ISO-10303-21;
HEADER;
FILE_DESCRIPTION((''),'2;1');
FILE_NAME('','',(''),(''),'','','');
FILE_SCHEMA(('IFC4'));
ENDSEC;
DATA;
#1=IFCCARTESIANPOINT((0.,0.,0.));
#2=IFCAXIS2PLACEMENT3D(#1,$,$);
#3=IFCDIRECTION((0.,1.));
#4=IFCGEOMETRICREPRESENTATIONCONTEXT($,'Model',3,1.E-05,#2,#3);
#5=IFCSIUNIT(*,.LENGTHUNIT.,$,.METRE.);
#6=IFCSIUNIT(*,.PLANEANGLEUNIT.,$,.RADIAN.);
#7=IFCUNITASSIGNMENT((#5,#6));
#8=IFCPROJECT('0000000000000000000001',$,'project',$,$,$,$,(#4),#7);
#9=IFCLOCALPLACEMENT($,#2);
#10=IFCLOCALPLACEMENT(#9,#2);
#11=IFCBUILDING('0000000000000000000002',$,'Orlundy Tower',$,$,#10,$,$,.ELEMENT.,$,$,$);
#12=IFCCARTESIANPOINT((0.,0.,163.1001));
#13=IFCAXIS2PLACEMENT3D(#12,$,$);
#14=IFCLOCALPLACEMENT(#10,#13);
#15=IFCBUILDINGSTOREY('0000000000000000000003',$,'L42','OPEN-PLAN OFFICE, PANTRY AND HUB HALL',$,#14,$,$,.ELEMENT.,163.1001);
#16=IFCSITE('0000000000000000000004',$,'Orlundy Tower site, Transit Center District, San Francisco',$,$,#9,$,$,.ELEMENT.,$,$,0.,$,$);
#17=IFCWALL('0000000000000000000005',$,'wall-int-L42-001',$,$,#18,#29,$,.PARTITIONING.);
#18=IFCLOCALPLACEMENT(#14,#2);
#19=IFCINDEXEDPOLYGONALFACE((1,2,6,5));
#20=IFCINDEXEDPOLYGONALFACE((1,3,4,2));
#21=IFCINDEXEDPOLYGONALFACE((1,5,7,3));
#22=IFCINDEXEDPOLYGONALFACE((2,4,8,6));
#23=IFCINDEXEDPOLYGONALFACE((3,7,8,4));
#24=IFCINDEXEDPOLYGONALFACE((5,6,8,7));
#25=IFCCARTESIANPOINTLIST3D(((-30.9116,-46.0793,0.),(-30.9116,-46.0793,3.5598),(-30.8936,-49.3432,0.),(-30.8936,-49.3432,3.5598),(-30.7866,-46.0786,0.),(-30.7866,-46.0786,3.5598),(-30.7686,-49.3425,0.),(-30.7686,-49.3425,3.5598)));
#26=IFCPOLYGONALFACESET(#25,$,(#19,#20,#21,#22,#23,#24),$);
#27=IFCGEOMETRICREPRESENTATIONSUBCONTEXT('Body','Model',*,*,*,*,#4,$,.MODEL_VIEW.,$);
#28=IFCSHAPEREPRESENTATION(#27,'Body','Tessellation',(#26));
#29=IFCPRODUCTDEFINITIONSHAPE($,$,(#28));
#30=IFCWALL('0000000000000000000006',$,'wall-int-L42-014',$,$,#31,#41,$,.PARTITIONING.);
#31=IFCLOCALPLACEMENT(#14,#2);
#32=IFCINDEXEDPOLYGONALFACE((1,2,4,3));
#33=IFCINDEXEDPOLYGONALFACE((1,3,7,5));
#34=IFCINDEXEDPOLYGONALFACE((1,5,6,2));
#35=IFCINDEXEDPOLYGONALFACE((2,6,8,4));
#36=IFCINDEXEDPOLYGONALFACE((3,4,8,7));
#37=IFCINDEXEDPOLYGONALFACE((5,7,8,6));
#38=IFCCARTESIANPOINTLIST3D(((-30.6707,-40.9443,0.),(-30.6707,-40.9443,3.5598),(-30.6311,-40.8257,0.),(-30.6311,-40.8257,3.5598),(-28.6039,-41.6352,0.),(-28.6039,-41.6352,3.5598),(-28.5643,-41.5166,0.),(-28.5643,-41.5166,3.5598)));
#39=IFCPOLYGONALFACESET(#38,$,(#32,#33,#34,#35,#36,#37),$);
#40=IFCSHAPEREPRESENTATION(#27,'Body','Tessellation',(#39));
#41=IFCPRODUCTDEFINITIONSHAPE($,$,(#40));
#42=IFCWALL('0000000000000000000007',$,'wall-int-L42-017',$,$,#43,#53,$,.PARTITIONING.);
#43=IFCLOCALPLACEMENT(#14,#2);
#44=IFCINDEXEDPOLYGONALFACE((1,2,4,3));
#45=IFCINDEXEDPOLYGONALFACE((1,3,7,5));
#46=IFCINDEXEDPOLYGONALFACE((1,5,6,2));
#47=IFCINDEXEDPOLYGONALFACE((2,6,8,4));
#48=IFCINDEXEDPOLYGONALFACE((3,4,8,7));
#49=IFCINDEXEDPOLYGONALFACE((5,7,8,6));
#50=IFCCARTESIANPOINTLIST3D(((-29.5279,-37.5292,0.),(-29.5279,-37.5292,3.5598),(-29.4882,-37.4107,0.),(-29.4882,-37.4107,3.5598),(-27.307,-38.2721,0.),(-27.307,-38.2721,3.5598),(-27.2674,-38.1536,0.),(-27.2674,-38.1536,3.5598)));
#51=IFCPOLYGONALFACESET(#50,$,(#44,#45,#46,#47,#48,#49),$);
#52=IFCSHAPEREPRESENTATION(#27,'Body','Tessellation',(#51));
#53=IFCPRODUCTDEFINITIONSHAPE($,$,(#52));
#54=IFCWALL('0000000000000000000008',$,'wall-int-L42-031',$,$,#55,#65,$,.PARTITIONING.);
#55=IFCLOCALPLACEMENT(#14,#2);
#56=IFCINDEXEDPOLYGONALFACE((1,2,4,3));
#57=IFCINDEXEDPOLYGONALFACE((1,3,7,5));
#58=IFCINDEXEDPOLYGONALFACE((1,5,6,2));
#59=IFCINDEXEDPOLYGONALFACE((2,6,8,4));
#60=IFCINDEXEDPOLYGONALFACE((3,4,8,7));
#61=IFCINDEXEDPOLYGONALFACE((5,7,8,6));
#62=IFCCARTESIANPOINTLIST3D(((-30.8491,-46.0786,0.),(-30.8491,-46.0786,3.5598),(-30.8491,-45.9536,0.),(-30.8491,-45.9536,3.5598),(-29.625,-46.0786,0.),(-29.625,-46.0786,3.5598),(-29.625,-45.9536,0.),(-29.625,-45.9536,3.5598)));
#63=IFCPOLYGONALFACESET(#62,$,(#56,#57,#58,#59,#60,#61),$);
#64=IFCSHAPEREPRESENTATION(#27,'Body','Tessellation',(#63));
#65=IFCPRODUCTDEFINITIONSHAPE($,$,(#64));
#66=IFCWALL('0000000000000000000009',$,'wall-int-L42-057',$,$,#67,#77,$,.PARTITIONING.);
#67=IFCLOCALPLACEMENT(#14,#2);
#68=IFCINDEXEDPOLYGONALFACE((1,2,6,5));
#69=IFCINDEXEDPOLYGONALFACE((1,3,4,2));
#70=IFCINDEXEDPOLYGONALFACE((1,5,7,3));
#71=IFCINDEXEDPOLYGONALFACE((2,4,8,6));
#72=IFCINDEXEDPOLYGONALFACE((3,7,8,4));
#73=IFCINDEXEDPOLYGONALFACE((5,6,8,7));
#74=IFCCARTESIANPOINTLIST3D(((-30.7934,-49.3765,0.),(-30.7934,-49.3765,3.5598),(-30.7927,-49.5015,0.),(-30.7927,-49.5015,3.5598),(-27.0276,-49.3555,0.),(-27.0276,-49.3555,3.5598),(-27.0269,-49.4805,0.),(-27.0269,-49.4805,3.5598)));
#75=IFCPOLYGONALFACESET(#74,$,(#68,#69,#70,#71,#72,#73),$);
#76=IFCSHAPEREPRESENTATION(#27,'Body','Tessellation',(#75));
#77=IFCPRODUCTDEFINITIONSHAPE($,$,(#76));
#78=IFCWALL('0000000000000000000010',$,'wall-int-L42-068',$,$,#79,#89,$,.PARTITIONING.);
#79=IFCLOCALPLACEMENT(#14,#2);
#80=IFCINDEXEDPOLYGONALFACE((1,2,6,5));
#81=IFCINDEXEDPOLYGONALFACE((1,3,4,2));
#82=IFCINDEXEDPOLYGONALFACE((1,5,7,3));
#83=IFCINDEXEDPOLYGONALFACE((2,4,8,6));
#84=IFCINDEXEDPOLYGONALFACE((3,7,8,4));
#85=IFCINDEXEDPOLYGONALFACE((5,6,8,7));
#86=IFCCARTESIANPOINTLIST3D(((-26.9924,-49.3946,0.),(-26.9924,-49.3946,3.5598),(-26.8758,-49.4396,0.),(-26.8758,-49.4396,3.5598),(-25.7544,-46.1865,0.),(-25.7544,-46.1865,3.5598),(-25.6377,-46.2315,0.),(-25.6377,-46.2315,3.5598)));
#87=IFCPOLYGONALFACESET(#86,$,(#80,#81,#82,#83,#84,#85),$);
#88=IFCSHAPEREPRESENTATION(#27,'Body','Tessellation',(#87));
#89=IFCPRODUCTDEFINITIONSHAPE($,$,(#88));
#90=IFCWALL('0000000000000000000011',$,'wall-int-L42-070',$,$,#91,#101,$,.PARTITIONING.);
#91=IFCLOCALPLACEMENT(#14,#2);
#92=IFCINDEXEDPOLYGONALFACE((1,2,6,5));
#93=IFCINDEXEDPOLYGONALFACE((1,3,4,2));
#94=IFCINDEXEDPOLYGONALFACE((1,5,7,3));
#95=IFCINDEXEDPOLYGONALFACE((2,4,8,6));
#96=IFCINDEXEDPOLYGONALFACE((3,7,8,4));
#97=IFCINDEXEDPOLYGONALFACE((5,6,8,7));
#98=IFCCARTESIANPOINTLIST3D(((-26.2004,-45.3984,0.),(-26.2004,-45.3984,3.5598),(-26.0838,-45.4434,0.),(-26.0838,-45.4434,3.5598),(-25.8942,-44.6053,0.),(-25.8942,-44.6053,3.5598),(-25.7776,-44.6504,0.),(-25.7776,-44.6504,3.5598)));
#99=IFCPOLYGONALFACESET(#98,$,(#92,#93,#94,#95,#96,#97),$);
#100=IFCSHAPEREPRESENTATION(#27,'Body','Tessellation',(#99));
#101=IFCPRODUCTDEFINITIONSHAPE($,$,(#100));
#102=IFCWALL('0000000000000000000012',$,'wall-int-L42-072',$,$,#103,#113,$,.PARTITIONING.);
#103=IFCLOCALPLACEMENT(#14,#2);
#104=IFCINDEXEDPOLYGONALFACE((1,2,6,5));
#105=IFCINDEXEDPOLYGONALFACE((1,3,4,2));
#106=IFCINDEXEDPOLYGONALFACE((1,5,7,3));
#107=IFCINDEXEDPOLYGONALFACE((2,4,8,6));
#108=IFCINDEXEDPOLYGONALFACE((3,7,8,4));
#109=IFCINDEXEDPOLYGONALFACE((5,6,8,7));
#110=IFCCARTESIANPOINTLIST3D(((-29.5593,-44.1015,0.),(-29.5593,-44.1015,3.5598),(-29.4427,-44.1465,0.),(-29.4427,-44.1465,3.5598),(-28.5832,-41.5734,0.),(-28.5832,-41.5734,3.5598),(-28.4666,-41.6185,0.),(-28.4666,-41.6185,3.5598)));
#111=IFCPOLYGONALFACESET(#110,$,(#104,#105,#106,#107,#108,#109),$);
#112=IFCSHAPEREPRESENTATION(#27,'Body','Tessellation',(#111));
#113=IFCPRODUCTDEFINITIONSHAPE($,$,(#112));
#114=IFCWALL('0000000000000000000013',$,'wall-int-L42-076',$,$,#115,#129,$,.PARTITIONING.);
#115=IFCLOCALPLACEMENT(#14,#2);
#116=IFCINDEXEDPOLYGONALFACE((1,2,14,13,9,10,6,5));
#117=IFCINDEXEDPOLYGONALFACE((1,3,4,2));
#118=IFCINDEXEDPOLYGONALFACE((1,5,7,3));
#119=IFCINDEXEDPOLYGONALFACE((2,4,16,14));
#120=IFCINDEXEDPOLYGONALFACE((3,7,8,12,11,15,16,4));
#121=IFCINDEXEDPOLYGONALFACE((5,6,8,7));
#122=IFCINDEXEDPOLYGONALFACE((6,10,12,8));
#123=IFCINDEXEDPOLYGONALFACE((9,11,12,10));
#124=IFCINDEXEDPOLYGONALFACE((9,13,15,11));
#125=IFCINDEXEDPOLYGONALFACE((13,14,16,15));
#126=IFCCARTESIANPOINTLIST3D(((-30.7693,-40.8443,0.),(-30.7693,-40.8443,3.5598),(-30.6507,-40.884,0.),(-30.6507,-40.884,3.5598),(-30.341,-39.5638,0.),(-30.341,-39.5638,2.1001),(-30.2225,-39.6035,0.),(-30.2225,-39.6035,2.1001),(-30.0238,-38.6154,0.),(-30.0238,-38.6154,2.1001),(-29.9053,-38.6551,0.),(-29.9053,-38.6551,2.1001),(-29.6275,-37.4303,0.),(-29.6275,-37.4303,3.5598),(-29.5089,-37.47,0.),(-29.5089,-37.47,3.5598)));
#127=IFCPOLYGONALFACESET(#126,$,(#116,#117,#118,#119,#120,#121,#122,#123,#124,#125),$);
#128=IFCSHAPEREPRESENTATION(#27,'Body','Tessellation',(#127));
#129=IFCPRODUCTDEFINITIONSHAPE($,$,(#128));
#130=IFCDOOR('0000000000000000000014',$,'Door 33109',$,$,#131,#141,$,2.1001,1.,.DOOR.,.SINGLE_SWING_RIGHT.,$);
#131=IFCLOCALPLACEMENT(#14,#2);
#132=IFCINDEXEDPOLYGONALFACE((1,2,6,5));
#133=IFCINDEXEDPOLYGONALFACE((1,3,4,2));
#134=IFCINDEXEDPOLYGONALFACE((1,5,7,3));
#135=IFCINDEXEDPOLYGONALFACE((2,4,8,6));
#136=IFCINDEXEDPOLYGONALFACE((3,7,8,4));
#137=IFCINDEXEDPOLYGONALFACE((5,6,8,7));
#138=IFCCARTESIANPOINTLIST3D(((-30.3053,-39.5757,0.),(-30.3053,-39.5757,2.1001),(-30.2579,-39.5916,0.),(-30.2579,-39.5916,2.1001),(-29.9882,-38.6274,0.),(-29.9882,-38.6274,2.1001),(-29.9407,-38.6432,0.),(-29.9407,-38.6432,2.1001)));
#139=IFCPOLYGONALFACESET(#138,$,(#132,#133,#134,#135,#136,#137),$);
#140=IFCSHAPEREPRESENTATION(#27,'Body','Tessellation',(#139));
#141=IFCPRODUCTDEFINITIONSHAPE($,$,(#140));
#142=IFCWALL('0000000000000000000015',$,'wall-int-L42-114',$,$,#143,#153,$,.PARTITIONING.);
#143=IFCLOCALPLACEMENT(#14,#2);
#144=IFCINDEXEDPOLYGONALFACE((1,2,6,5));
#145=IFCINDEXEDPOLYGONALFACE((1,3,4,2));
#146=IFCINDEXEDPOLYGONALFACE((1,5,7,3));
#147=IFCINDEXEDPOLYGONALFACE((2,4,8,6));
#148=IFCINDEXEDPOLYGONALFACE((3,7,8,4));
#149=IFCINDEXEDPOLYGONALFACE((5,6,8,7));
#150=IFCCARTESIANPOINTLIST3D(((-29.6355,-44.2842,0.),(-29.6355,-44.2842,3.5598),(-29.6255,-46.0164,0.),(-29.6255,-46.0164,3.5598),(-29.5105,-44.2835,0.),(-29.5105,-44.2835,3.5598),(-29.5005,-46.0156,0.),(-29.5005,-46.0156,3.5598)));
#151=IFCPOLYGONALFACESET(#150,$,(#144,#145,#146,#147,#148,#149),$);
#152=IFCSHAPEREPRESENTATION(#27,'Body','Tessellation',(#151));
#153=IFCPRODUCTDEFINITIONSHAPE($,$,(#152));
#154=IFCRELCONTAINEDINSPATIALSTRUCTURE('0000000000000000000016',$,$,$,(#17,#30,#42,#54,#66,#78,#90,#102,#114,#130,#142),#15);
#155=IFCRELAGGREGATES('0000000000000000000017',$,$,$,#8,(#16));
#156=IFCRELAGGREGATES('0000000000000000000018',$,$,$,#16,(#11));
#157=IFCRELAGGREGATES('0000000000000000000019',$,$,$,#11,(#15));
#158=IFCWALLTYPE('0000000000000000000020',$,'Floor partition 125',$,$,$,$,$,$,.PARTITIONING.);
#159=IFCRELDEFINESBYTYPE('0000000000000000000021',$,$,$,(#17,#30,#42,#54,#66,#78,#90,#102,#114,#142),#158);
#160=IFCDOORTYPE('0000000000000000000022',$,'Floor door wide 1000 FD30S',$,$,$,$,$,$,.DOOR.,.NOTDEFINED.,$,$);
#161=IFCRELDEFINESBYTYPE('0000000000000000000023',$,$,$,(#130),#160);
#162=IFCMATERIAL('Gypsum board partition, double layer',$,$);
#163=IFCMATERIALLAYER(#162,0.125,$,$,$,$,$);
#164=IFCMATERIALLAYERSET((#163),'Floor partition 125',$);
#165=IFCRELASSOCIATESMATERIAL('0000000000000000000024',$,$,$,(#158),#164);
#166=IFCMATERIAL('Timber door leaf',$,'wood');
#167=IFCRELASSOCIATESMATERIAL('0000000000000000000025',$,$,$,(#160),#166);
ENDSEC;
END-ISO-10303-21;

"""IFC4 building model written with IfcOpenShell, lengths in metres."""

from ifc_helpers import new_model, si_unit, direction, frame, frame_2d, origin, place, context, subcontext, project, spatial, rectangle, extrude, material, layer, layer_set, type_object, element, fill, save


model = new_model("IFC4")

# Units and contexts
model_context = context("Model", 3, precision=1e-05, world=origin(), true_north=direction((0.0, 1.0)))
body_context = subcontext(model_context, "Body", "Model", "MODEL_VIEW")
ifc_project = project(units=[si_unit("LENGTHUNIT", "METRE"), si_unit("PLANEANGLEUNIT", "RADIAN")], contexts=[model_context])

# Site, building, storey
site_placement = place(None, origin())
site = spatial("IfcSite", under=ifc_project, at=site_placement, Name="Orlundy Tower site, Transit Center District, San Francisco", CompositionType="ELEMENT", RefElevation=0.0)
building_placement = place(site_placement, origin())
building = spatial("IfcBuilding", under=site, at=building_placement, Name="Orlundy Tower", CompositionType="ELEMENT")
storey_placement = place(building_placement, frame((0.0, 0.0, 163.1001)))
storey = spatial("IfcBuildingStorey", under=building, at=storey_placement, Name="L42", Description="OPEN-PLAN OFFICE, PANTRY AND HUB HALL", CompositionType="ELEMENT", Elevation=163.1001)

# Walls
ifc_material_1 = material(Name="Gypsum board partition, double layer")
ifc_layer_1 = layer(ifc_material_1, 0.125)
ifc_layer_set_1 = layer_set([ifc_layer_1], Name="Floor partition 125")
wall_type_1 = type_object("IfcWallType", Name="Floor partition 125", PredefinedType="PARTITIONING", material=ifc_layer_set_1)
wall_1_placement = place(storey_placement, frame((-30.8491, -46.0791, 0.0), z_axis=(0.0, 0.0, 1.0), x_axis=(0.005535, -0.999985, 0.0)))
element("IfcWall", 1, at=wall_1_placement, inside=storey, type_object=wall_type_1, Name="wall-int-L42-001", PredefinedType="PARTITIONING", context=body_context, shape_type="SweptSolid", body=[
    extrude(rectangle(XDim=3.2639, YDim=0.125, at=frame_2d((1.6318, 0.0))), origin(), (0.0, 0.0, 1.0), 3.5598),
])
wall_2_placement = place(storey_placement, frame((-30.6509, -40.885, 0.0), z_axis=(0.0, 0.0, 1.0), x_axis=(0.948414, -0.317034, 0.0)))
element("IfcWall", 2, at=wall_2_placement, inside=storey, type_object=wall_type_1, Name="wall-int-L42-014", PredefinedType="PARTITIONING", context=body_context, shape_type="SweptSolid", body=[
    extrude(rectangle(XDim=2.1792, YDim=0.125, at=frame_2d((1.0896, 0.0))), origin(), (0.0, 0.0, 1.0), 3.5598),
])
wall_3_placement = place(storey_placement, frame((-29.5081, -37.47, 0.0), z_axis=(0.0, 0.0, 1.0), x_axis=(0.948349, -0.317228, 0.0)))
element("IfcWall", 3, at=wall_3_placement, inside=storey, type_object=wall_type_1, Name="wall-int-L42-017", PredefinedType="PARTITIONING", context=body_context, shape_type="SweptSolid", body=[
    extrude(rectangle(XDim=2.3418, YDim=0.125, at=frame_2d((1.1709, 0.0))), origin(), (0.0, 0.0, 1.0), 3.5598),
])
wall_4_placement = place(storey_placement, frame((-30.8491, -46.0161, 0.0), z_axis=(0.0, 0.0, 1.0), x_axis=(1.0, 0.0, 0.0)))
element("IfcWall", 4, at=wall_4_placement, inside=storey, type_object=wall_type_1, Name="wall-int-L42-031", PredefinedType="PARTITIONING", context=body_context, shape_type="SweptSolid", body=[
    extrude(rectangle(XDim=1.2241, YDim=0.125, at=frame_2d((0.6121, 0.0))), origin(), (0.0, 0.0, 1.0), 3.5598),
])
wall_5_placement = place(storey_placement, frame((-30.793, -49.439, 0.0), z_axis=(0.0, 0.0, 1.0), x_axis=(0.999984, 0.005575, 0.0)))
element("IfcWall", 5, at=wall_5_placement, inside=storey, type_object=wall_type_1, Name="wall-int-L42-057", PredefinedType="PARTITIONING", context=body_context, shape_type="SweptSolid", body=[
    extrude(rectangle(XDim=3.7659, YDim=0.125, at=frame_2d((1.8828, 0.0))), origin(), (0.0, 0.0, 1.0), 3.5598),
])
wall_6_placement = place(storey_placement, frame((-26.9341, -49.417, 0.0), z_axis=(0.0, 0.0, 1.0), x_axis=(0.36004, 0.932937, 0.0)))
element("IfcWall", 6, at=wall_6_placement, inside=storey, type_object=wall_type_1, Name="wall-int-L42-068", PredefinedType="PARTITIONING", context=body_context, shape_type="SweptSolid", body=[
    extrude(rectangle(XDim=3.4387, YDim=0.125, at=frame_2d((1.7192, 0.0))), origin(), (0.0, 0.0, 1.0), 3.5598),
])
wall_7_placement = place(storey_placement, frame((-26.1421, -45.4209, 0.0), z_axis=(0.0, 0.0, 1.0), x_axis=(0.360172, 0.932886, 0.0)))
element("IfcWall", 7, at=wall_7_placement, inside=storey, type_object=wall_type_1, Name="wall-int-L42-070", PredefinedType="PARTITIONING", context=body_context, shape_type="SweptSolid", body=[
    extrude(rectangle(XDim=0.8501, YDim=0.125, at=frame_2d((0.425, 0.0))), origin(), (0.0, 0.0, 1.0), 3.5598),
])
wall_8_placement = place(storey_placement, frame((-28.5249, -41.5959, 0.0), z_axis=(0.0, 0.0, 1.0), x_axis=(-0.36018, -0.932883, 0.0)))
element("IfcWall", 8, at=wall_8_placement, inside=storey, type_object=wall_type_1, Name="wall-int-L42-072", PredefinedType="PARTITIONING", context=body_context, shape_type="SweptSolid", body=[
    extrude(rectangle(XDim=2.71, YDim=0.125, at=frame_2d((1.355, 0.0))), origin(), (0.0, 0.0, 1.0), 3.5598),
])

# Wall, opening, door
wall_9_placement = place(storey_placement, frame((-30.71, -40.864, 0.0), z_axis=(0.0, 0.0, 1.0), x_axis=(0.317184, 0.948364, 0.0)))
wall_9 = element("IfcWall", 9, at=wall_9_placement, inside=storey, type_object=wall_type_1, Name="wall-int-L42-076", PredefinedType="PARTITIONING", context=body_context, shape_type="SweptSolid", body=[
    extrude(rectangle(XDim=3.5999, YDim=0.125, at=frame_2d((1.7998, 0.0))), origin(), (0.0, 0.0, 1.0), 3.5598),
])
opening_placement = place(wall_9_placement, frame((1.3501, 0.0, 0.0)))
opening = element("IfcOpeningElement", 10, at=opening_placement, cuts=wall_9, PredefinedType="OPENING", context=body_context, shape_type="SweptSolid", body=[
    extrude(rectangle(XDim=1.0, YDim=2.1001, at=frame_2d((0.5, 1.05))), frame((0.0, 0.0725, 0.0), z_axis=(0.0, -1.0, 0.0), x_axis=(1.0, 0.0, 0.0)), (0.0, 0.0, 1.0), 0.145),
])
ifc_material_2 = material(Name="Timber door leaf", Category="wood")
door_type = type_object("IfcDoorType", Name="Floor door wide 1000 FD30S", OperationType="NOTDEFINED", PredefinedType="DOOR", material=ifc_material_2)
door_placement = place(opening_placement, origin())
door = element("IfcDoor", 11, at=door_placement, inside=storey, type_object=door_type, Name="Door 33109", OperationType="SINGLE_SWING_RIGHT", OverallHeight=2.1001, OverallWidth=1.0, PredefinedType="DOOR", context=body_context, shape_type="SweptSolid", body=[
    extrude(rectangle(XDim=1.0, YDim=2.1001, at=frame_2d((0.5, 1.05))), frame((0.0, 0.0249, 0.0), z_axis=(0.0, -1.0, 0.0), x_axis=(1.0, 0.0, 0.0)), (0.0, 0.0, 1.0), 0.05),
])
fill(opening, door)

# Wall
wall_10_placement = place(storey_placement, frame((-29.563, -46.0161, 0.0), z_axis=(0.0, 0.0, 1.0), x_axis=(-0.005779, 0.999983, 0.0)))
element("IfcWall", 12, at=wall_10_placement, inside=storey, type_object=wall_type_1, Name="wall-int-L42-114", PredefinedType="PARTITIONING", context=body_context, shape_type="SweptSolid", body=[
    extrude(rectangle(XDim=1.7322, YDim=0.125, at=frame_2d((0.8662, 0.0))), origin(), (0.0, 0.0, 1.0), 3.5598),
])

save(model, "model.ifc")
